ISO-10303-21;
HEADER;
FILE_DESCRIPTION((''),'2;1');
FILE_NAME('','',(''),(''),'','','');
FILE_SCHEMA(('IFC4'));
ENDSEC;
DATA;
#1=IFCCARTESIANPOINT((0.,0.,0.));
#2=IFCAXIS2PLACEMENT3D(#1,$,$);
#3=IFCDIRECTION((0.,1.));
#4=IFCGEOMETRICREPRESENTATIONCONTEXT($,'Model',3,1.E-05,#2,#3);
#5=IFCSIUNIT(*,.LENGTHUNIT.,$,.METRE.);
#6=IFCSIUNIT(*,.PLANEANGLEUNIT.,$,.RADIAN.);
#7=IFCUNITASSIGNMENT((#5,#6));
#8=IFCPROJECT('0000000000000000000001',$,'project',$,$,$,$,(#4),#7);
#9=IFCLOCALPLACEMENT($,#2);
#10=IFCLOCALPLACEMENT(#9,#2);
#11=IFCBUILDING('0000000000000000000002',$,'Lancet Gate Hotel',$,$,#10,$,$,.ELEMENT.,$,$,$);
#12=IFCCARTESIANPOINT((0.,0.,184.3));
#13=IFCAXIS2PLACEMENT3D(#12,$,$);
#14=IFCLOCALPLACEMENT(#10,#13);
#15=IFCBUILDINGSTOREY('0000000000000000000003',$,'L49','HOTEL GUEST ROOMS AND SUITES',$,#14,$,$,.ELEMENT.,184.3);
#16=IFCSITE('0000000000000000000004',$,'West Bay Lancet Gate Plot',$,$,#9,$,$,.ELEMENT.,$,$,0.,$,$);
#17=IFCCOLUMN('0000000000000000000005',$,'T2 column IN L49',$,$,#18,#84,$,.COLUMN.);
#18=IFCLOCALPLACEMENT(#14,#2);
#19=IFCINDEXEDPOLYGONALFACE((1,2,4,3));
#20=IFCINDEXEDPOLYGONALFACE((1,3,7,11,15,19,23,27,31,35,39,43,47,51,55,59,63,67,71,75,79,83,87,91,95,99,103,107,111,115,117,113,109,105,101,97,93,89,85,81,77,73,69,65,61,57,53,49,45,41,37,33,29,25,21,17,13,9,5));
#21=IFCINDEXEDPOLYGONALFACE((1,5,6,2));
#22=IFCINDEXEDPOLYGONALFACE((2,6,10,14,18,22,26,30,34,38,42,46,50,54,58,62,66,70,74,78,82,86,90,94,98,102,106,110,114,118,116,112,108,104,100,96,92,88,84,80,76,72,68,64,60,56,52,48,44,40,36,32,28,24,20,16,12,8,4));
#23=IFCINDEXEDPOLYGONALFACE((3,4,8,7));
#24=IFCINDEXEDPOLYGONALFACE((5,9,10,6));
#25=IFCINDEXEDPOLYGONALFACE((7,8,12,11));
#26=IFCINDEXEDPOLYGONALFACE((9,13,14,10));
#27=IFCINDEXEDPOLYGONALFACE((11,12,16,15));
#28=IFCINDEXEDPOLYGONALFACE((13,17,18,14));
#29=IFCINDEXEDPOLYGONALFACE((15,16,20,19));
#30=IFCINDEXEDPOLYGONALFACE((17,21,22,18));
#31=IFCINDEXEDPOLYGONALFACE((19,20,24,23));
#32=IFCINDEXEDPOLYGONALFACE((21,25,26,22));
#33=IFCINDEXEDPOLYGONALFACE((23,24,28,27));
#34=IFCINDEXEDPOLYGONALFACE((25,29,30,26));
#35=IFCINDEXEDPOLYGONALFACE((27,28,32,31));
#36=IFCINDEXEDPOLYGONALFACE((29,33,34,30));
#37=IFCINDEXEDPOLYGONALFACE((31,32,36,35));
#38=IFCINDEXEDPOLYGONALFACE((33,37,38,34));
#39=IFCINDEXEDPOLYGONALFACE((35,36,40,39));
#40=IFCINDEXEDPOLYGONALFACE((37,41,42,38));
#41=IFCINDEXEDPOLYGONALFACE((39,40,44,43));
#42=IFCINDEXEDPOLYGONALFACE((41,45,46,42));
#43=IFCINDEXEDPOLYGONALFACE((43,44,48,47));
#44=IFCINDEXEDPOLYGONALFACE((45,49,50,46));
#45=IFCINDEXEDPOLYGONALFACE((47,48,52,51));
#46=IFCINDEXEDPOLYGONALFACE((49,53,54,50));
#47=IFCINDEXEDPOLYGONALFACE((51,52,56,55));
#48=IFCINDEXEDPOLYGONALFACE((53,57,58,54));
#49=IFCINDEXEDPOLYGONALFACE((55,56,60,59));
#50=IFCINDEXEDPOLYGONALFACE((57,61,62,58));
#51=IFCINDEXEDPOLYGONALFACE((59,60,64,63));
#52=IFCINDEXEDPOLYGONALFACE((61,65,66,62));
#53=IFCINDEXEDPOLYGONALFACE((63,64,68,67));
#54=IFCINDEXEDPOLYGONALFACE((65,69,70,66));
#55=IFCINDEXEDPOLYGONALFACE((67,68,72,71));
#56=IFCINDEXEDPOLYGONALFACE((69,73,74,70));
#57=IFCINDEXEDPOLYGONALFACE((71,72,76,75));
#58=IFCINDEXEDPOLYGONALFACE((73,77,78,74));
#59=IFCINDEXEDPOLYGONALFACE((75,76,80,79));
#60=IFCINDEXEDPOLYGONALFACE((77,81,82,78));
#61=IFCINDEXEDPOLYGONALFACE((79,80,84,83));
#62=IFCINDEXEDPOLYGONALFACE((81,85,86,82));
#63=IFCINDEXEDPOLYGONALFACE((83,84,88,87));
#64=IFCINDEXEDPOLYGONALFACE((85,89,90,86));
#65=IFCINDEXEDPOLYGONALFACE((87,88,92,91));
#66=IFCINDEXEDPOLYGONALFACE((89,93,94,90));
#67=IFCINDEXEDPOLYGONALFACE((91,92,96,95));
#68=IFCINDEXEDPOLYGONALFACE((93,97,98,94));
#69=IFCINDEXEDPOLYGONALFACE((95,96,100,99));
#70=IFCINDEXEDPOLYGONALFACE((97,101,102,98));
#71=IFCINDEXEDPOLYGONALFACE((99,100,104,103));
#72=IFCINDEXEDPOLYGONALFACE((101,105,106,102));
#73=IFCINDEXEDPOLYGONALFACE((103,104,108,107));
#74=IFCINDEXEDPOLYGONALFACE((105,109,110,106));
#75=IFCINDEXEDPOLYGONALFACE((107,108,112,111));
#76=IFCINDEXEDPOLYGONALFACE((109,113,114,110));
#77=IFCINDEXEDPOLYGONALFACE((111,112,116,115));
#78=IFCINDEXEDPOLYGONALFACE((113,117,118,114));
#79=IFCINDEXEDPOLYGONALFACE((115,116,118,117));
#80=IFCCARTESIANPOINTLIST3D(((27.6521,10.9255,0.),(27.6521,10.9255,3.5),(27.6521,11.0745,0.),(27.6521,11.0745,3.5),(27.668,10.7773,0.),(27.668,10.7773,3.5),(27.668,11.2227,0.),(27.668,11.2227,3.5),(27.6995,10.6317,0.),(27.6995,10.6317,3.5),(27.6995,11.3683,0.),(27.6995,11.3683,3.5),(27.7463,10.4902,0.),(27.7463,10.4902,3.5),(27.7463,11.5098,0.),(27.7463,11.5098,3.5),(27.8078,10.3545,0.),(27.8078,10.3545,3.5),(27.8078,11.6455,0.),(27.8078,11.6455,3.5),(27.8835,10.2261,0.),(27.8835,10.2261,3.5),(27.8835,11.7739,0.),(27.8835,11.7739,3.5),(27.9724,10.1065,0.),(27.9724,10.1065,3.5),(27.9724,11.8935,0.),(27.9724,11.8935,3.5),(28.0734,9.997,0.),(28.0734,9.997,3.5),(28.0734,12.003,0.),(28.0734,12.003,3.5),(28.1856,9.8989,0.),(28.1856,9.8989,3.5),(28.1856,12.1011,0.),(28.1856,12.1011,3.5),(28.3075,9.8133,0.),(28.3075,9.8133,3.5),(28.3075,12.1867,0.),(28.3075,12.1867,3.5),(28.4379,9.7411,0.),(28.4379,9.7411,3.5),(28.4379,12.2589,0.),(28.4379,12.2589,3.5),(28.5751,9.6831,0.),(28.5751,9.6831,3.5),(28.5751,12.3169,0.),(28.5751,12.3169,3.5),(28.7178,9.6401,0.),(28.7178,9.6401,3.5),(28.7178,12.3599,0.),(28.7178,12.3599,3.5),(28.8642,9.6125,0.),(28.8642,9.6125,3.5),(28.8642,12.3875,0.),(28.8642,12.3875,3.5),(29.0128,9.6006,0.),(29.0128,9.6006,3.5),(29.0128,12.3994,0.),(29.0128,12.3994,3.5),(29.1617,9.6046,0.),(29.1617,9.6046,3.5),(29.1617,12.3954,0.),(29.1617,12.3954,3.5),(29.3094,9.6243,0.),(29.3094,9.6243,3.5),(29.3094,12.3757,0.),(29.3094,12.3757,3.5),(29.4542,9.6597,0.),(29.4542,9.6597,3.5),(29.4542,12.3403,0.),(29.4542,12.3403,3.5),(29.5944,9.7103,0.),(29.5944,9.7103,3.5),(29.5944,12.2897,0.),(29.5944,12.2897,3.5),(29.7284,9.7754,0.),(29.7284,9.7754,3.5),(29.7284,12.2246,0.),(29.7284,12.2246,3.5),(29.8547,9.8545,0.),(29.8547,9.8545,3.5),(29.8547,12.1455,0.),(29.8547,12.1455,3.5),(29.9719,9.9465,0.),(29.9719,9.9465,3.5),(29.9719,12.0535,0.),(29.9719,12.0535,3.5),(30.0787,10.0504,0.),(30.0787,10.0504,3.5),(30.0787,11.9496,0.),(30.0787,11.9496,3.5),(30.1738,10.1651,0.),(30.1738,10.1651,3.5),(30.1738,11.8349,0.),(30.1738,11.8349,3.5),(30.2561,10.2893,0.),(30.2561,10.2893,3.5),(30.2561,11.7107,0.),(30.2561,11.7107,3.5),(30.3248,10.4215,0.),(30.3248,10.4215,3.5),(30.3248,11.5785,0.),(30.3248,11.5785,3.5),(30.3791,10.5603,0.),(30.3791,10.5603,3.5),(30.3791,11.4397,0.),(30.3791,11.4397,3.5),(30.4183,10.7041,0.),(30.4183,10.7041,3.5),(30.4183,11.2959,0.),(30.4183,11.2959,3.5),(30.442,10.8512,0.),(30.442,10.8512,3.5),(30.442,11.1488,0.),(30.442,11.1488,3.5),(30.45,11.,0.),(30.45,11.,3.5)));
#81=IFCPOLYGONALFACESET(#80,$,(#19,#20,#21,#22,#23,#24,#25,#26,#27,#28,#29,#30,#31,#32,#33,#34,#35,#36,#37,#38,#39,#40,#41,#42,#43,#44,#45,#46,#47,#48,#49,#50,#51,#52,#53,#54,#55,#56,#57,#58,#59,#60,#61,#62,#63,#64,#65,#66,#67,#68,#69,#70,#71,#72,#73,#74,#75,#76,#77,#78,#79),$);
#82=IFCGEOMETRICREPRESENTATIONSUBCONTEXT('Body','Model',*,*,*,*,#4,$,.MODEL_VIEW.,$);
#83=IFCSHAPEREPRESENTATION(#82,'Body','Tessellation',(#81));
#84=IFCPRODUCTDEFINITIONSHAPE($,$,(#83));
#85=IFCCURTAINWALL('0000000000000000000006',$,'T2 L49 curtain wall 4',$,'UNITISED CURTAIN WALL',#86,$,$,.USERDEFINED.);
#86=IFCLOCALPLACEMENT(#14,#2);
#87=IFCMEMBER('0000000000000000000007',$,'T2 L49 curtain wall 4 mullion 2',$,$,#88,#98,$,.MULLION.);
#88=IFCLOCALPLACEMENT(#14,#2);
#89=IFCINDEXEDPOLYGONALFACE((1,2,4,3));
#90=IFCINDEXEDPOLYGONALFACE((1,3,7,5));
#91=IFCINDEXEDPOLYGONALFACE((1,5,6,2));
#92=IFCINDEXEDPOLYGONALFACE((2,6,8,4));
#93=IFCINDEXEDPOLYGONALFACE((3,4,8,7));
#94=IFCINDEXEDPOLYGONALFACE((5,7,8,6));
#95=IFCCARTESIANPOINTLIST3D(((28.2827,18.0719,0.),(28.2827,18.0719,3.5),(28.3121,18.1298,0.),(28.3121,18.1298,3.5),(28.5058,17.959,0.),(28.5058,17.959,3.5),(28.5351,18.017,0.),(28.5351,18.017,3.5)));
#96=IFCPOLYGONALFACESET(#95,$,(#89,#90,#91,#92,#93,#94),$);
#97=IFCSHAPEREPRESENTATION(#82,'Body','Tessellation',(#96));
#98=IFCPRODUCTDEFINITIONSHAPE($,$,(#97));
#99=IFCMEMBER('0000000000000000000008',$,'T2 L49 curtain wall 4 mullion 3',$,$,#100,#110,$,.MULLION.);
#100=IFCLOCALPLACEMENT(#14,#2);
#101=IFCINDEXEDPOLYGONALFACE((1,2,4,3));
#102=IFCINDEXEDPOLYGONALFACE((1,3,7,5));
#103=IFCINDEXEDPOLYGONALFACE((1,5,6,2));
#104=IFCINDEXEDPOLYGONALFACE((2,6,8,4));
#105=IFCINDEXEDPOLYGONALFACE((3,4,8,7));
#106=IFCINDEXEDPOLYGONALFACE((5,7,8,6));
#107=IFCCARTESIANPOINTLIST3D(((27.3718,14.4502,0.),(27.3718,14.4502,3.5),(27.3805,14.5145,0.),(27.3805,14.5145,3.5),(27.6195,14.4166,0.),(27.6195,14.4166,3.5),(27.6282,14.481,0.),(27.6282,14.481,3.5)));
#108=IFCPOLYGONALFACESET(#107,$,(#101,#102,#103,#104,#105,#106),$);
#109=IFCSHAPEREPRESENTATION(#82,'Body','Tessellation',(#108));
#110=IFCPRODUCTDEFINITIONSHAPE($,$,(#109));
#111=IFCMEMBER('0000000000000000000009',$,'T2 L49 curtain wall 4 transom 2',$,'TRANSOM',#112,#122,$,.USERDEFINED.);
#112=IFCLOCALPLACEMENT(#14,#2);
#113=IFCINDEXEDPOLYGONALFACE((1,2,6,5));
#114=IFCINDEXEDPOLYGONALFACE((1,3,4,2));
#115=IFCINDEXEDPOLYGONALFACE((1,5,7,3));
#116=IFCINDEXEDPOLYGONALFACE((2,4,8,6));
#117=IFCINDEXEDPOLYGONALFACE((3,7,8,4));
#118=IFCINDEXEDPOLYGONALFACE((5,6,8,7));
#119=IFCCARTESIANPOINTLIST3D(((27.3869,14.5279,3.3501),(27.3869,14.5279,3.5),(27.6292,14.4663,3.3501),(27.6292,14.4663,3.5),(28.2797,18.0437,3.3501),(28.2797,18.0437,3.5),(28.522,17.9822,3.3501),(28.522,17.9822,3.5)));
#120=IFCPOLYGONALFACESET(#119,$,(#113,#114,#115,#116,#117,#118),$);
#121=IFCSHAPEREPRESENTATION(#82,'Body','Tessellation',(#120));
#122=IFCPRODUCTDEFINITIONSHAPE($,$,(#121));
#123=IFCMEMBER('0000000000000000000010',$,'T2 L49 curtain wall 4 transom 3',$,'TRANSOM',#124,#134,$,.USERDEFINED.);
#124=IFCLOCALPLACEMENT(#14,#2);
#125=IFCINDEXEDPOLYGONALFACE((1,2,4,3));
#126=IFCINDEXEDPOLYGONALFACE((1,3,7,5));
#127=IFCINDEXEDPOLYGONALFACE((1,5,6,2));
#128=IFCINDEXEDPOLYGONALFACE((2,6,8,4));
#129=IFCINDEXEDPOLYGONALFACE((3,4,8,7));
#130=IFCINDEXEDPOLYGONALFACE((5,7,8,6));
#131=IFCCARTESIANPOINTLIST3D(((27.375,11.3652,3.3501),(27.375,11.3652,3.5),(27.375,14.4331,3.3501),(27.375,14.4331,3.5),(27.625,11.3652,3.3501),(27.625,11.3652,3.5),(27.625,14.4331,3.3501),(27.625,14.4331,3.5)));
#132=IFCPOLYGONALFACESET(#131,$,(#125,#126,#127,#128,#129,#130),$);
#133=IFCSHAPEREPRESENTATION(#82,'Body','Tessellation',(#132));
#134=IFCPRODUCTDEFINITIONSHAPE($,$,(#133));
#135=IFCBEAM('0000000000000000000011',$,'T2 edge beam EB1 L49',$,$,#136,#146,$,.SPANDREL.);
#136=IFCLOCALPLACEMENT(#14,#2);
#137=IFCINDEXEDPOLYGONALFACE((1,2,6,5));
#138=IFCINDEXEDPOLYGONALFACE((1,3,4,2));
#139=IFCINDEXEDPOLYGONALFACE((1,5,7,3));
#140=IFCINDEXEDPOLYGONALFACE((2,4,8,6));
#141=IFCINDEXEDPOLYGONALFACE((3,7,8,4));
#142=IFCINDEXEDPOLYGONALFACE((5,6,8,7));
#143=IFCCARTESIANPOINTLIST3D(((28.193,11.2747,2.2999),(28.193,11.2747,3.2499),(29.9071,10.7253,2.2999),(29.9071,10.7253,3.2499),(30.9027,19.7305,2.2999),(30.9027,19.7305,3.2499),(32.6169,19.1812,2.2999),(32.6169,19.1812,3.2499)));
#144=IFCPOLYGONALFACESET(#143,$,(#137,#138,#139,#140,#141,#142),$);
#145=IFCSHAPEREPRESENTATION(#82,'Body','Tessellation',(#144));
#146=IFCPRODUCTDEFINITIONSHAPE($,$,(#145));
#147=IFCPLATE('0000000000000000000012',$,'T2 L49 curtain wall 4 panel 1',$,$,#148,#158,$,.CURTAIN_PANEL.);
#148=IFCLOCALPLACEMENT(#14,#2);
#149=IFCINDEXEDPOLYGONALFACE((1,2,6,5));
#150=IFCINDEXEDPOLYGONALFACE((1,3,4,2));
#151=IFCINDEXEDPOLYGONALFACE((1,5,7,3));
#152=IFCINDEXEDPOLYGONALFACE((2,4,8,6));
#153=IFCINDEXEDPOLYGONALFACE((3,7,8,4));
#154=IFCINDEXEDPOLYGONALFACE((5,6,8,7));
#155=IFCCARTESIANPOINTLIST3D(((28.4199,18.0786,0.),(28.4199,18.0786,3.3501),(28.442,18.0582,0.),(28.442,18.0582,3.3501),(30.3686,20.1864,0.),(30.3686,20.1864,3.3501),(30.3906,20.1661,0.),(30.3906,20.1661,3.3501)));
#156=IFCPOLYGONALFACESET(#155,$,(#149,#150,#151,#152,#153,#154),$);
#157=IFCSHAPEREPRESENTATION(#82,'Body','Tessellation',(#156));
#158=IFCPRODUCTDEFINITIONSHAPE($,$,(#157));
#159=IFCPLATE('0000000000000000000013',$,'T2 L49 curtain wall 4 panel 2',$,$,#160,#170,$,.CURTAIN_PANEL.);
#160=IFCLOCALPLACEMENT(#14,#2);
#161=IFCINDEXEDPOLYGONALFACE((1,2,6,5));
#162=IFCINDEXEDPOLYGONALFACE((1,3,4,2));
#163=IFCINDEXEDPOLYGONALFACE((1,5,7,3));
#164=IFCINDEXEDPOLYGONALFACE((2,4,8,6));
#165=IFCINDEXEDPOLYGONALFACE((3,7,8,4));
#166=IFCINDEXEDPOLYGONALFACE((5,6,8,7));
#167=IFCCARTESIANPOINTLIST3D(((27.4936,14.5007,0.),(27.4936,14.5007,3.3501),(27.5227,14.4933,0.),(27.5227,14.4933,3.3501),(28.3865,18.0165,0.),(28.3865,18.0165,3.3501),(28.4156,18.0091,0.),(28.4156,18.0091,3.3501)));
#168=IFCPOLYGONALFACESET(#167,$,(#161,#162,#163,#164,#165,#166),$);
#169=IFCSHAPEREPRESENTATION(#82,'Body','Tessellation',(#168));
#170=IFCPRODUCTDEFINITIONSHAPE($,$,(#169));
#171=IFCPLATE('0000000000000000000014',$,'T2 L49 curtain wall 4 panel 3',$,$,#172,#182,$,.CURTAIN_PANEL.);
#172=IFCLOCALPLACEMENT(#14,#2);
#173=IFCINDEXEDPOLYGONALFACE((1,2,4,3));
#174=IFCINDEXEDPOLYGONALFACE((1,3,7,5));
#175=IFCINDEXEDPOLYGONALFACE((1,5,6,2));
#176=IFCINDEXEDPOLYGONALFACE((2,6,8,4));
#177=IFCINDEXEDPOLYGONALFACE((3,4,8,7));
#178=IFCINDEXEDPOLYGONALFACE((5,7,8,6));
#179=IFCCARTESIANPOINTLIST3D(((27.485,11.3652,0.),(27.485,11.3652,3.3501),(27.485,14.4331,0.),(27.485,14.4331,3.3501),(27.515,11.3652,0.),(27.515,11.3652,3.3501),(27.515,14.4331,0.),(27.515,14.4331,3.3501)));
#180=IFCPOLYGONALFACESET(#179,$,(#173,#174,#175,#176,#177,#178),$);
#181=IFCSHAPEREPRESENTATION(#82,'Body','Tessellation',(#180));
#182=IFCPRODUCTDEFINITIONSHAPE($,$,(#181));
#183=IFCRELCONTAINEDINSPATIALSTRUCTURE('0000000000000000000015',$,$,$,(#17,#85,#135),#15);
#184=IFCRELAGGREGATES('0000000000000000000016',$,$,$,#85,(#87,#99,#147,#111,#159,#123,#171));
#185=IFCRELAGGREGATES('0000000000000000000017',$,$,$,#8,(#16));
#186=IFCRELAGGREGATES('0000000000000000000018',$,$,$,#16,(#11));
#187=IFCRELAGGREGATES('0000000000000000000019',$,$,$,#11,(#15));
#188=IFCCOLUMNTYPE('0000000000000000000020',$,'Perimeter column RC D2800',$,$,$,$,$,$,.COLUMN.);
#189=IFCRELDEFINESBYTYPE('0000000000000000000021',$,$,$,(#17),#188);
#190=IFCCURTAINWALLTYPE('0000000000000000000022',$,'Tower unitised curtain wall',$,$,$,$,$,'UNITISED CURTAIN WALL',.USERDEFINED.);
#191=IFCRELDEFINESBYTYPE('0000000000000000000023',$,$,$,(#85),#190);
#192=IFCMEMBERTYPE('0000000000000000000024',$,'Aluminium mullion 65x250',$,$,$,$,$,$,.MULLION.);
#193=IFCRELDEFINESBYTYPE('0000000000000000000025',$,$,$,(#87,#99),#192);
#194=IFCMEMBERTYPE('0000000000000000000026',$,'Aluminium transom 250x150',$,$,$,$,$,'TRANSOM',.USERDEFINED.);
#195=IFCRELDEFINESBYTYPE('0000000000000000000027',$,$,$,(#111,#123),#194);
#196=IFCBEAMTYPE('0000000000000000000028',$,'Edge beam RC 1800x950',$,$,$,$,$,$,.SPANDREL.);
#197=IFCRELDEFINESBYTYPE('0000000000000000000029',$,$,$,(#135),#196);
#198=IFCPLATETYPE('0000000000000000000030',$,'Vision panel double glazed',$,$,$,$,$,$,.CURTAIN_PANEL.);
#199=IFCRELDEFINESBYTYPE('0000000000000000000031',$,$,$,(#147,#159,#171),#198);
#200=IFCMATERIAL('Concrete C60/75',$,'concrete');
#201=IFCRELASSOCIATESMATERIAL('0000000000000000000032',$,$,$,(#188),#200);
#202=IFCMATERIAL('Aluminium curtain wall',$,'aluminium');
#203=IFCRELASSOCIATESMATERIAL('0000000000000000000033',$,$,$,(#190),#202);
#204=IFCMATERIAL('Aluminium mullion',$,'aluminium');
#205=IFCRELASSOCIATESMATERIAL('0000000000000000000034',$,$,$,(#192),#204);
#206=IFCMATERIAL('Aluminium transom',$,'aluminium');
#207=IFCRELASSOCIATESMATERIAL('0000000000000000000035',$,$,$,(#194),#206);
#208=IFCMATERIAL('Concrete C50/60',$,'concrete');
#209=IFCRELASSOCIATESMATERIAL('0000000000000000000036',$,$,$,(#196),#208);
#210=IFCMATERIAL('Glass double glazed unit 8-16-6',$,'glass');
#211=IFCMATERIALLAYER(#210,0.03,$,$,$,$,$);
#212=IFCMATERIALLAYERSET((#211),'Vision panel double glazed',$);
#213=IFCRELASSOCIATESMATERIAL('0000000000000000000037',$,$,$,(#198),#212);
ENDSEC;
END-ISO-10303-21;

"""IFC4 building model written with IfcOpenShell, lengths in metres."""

from ifc_helpers import new_model, si_unit, direction, frame, origin, origin_2d, place, context, subcontext, project, spatial, rectangle, circle, extrude, material, layer, layer_set, material_profile, profile_set, type_object, element, aggregate, save


model = new_model("IFC4")

# Units and contexts
model_context = context("Model", 3, precision=1e-05, world=origin(), true_north=direction((0.0, 1.0)))
body_context = subcontext(model_context, "Body", "Model", "MODEL_VIEW")
ifc_project = project(units=[si_unit("LENGTHUNIT", "METRE"), si_unit("PLANEANGLEUNIT", "RADIAN")], contexts=[model_context])

# Site, building, storey
site_placement = place(None, origin())
site = spatial("IfcSite", under=ifc_project, at=site_placement, Name="West Bay Lancet Gate Plot", CompositionType="ELEMENT", RefElevation=0.0)
building_placement = place(site_placement, origin())
building = spatial("IfcBuilding", under=site, at=building_placement, Name="Lancet Gate Hotel", CompositionType="ELEMENT")
storey_placement = place(building_placement, frame((0.0, 0.0, 184.3)))
storey = spatial("IfcBuildingStorey", under=building, at=storey_placement, Name="L49", Description="HOTEL GUEST ROOMS AND SUITES", CompositionType="ELEMENT", Elevation=184.3)

# Column
ifc_material_1 = material(Name="Concrete C60/75", Category="concrete")
ifc_material_profile_1 = material_profile(ifc_material_1, circle(Radius=1.3999, at=origin_2d()), Name="RC D2800")
ifc_profile_set_1 = profile_set([ifc_material_profile_1], Name="Concrete C60/75")
column_type = type_object("IfcColumnType", Name="Perimeter column RC D2800", PredefinedType="COLUMN", material=ifc_profile_set_1)
column_placement = place(storey_placement, frame((29.05, 11.0, 0.0), z_axis=(0.0, 0.0, 1.0), x_axis=(1.0, 0.0, 0.0)))
element("IfcColumn", 1, at=column_placement, inside=storey, type_object=column_type, Name="T2 column IN L49", PredefinedType="COLUMN", context=body_context, shape_type="SweptSolid", body=[
    extrude(circle(Radius=1.3999, at=origin_2d()), origin(), (0.0, 0.0, 1.0), 3.5),
])

# Curtain wall, members
ifc_material_2 = material(Name="Aluminium curtain wall", Category="aluminium")
curtain_wall_type = type_object("IfcCurtainWallType", Name="Tower unitised curtain wall", ElementType="UNITISED CURTAIN WALL", PredefinedType="USERDEFINED", material=ifc_material_2)
curtain_wall_placement = place(storey_placement, origin())
curtain_wall = element("IfcCurtainWall", 2, at=curtain_wall_placement, inside=storey, type_object=curtain_wall_type, Name="T2 L49 curtain wall 4", ObjectType="UNITISED CURTAIN WALL", PredefinedType="USERDEFINED")
ifc_material_3 = material(Name="Aluminium mullion", Category="aluminium")
ifc_material_profile_2 = material_profile(ifc_material_3, rectangle(XDim=0.0649, YDim=0.25, at=origin_2d()), Name="MULLION 65x250")
ifc_profile_set_2 = profile_set([ifc_material_profile_2], Name="Aluminium mullion")
member_type_1 = type_object("IfcMemberType", Name="Aluminium mullion 65x250", PredefinedType="MULLION", material=ifc_profile_set_2)
member_1_placement = place(storey_placement, frame((28.4089, 18.0444, 0.0), z_axis=(0.0, 0.0, 1.0), x_axis=(-0.451506, -0.892268, 0.0)))
member_1 = element("IfcMember", 3, at=member_1_placement, type_object=member_type_1, Name="T2 L49 curtain wall 4 mullion 2", PredefinedType="MULLION", context=body_context, shape_type="SweptSolid", body=[
    extrude(rectangle(XDim=0.0649, YDim=0.25, at=origin_2d()), origin(), (0.0, 0.0, 1.0), 3.5),
])
member_2_placement = place(storey_placement, frame((27.5, 14.4656, 0.0), z_axis=(0.0, 0.0, 1.0), x_axis=(-0.134207, -0.990953, 0.0)))
member_2 = element("IfcMember", 4, at=member_2_placement, type_object=member_type_1, Name="T2 L49 curtain wall 4 mullion 3", PredefinedType="MULLION", context=body_context, shape_type="SweptSolid", body=[
    extrude(rectangle(XDim=0.0649, YDim=0.25, at=origin_2d()), origin(), (0.0, 0.0, 1.0), 3.5),
])
ifc_material_4 = material(Name="Aluminium transom", Category="aluminium")
ifc_material_profile_3 = material_profile(ifc_material_4, rectangle(XDim=0.25, YDim=0.1499, at=origin_2d()), Name="TRANSOM 250x150")
ifc_profile_set_3 = profile_set([ifc_material_profile_3], Name="Aluminium transom")
member_type_2 = type_object("IfcMemberType", Name="Aluminium transom 250x150", ElementType="TRANSOM", PredefinedType="USERDEFINED", material=ifc_profile_set_3)
member_3_placement = place(storey_placement, frame((28.4009, 18.0129, 3.425), z_axis=(-0.246129, -0.969237, 0.0), x_axis=(0.969237, -0.246129, 0.0)))
member_3 = element("IfcMember", 5, at=member_3_placement, type_object=member_type_2, Name="T2 L49 curtain wall 4 transom 2", ObjectType="TRANSOM", PredefinedType="USERDEFINED", context=body_context, shape_type="SweptSolid", body=[
    extrude(rectangle(XDim=0.25, YDim=0.1499, at=origin_2d()), origin(), (0.0, 0.0, 1.0), 3.6274),
])
member_4_placement = place(storey_placement, frame((27.5, 14.4331, 3.425), z_axis=(0.0, -1.0, 0.0), x_axis=(1.0, 0.0, 0.0)))
member_4 = element("IfcMember", 6, at=member_4_placement, type_object=member_type_2, Name="T2 L49 curtain wall 4 transom 3", ObjectType="TRANSOM", PredefinedType="USERDEFINED", context=body_context, shape_type="SweptSolid", body=[
    extrude(rectangle(XDim=0.25, YDim=0.1499, at=origin_2d()), origin(), (0.0, 0.0, 1.0), 3.0679),
])

# Beam
ifc_material_5 = material(Name="Concrete C50/60", Category="concrete")
ifc_material_profile_4 = material_profile(ifc_material_5, rectangle(XDim=1.8, YDim=0.95, at=origin_2d()), Name="RC 1800x950")
ifc_profile_set_4 = profile_set([ifc_material_profile_4], Name="Concrete C50/60")
beam_type = type_object("IfcBeamType", Name="Edge beam RC 1800x950", PredefinedType="SPANDREL", material=ifc_profile_set_4)
beam_placement = place(storey_placement, frame((29.05, 11.0, 2.7749), z_axis=(0.30517, 0.952298, 0.0), x_axis=(-0.952298, 0.30517, 0.0)))
element("IfcBeam", 7, at=beam_placement, inside=storey, type_object=beam_type, Name="T2 edge beam EB1 L49", PredefinedType="SPANDREL", context=body_context, shape_type="SweptSolid", body=[
    extrude(rectangle(XDim=1.8, YDim=0.95, at=origin_2d()), origin(), (0.0, 0.0, 1.0), 8.8794),
])

# Plates
ifc_material_6 = material(Name="Glass double glazed unit 8-16-6", Category="glass")
ifc_layer_1 = layer(ifc_material_6, 0.03)
ifc_layer_set_1 = layer_set([ifc_layer_1], Name="Vision panel double glazed")
plate_type = type_object("IfcPlateType", Name="Vision panel double glazed", PredefinedType="CURTAIN_PANEL", material=ifc_layer_set_1)
plate_1_placement = place(storey_placement, frame((29.4053, 19.1223, 0.0), z_axis=(0.0, 0.0, 1.0), x_axis=(-0.678831, -0.734294, 0.0)))
plate_1 = element("IfcPlate", 8, at=plate_1_placement, type_object=plate_type, Name="T2 L49 curtain wall 4 panel 1", PredefinedType="CURTAIN_PANEL", context=body_context, shape_type="SweptSolid", body=[
    extrude(rectangle(XDim=2.8706, YDim=0.03, at=origin_2d()), origin(), (0.0, 0.0, 1.0), 3.3501),
])
plate_2_placement = place(storey_placement, frame((27.9546, 16.2549, 0.0), z_axis=(0.0, 0.0, 1.0), x_axis=(-0.246167, -0.969228, 0.0)))
plate_2 = element("IfcPlate", 9, at=plate_2_placement, type_object=plate_type, Name="T2 L49 curtain wall 4 panel 2", PredefinedType="CURTAIN_PANEL", context=body_context, shape_type="SweptSolid", body=[
    extrude(rectangle(XDim=3.6274, YDim=0.03, at=origin_2d()), origin(), (0.0, 0.0, 1.0), 3.3501),
])
plate_3_placement = place(storey_placement, frame((27.5, 12.8992, 0.0), z_axis=(0.0, 0.0, 1.0), x_axis=(0.0, -1.0, 0.0)))
plate_3 = element("IfcPlate", 10, at=plate_3_placement, type_object=plate_type, Name="T2 L49 curtain wall 4 panel 3", PredefinedType="CURTAIN_PANEL", context=body_context, shape_type="SweptSolid", body=[
    extrude(rectangle(XDim=3.0679, YDim=0.03, at=origin_2d()), origin(), (0.0, 0.0, 1.0), 3.3501),
])
aggregate(curtain_wall, [member_1, member_2, plate_1, member_3, plate_2, member_4, plate_3])

save(model, "model.ifc")
